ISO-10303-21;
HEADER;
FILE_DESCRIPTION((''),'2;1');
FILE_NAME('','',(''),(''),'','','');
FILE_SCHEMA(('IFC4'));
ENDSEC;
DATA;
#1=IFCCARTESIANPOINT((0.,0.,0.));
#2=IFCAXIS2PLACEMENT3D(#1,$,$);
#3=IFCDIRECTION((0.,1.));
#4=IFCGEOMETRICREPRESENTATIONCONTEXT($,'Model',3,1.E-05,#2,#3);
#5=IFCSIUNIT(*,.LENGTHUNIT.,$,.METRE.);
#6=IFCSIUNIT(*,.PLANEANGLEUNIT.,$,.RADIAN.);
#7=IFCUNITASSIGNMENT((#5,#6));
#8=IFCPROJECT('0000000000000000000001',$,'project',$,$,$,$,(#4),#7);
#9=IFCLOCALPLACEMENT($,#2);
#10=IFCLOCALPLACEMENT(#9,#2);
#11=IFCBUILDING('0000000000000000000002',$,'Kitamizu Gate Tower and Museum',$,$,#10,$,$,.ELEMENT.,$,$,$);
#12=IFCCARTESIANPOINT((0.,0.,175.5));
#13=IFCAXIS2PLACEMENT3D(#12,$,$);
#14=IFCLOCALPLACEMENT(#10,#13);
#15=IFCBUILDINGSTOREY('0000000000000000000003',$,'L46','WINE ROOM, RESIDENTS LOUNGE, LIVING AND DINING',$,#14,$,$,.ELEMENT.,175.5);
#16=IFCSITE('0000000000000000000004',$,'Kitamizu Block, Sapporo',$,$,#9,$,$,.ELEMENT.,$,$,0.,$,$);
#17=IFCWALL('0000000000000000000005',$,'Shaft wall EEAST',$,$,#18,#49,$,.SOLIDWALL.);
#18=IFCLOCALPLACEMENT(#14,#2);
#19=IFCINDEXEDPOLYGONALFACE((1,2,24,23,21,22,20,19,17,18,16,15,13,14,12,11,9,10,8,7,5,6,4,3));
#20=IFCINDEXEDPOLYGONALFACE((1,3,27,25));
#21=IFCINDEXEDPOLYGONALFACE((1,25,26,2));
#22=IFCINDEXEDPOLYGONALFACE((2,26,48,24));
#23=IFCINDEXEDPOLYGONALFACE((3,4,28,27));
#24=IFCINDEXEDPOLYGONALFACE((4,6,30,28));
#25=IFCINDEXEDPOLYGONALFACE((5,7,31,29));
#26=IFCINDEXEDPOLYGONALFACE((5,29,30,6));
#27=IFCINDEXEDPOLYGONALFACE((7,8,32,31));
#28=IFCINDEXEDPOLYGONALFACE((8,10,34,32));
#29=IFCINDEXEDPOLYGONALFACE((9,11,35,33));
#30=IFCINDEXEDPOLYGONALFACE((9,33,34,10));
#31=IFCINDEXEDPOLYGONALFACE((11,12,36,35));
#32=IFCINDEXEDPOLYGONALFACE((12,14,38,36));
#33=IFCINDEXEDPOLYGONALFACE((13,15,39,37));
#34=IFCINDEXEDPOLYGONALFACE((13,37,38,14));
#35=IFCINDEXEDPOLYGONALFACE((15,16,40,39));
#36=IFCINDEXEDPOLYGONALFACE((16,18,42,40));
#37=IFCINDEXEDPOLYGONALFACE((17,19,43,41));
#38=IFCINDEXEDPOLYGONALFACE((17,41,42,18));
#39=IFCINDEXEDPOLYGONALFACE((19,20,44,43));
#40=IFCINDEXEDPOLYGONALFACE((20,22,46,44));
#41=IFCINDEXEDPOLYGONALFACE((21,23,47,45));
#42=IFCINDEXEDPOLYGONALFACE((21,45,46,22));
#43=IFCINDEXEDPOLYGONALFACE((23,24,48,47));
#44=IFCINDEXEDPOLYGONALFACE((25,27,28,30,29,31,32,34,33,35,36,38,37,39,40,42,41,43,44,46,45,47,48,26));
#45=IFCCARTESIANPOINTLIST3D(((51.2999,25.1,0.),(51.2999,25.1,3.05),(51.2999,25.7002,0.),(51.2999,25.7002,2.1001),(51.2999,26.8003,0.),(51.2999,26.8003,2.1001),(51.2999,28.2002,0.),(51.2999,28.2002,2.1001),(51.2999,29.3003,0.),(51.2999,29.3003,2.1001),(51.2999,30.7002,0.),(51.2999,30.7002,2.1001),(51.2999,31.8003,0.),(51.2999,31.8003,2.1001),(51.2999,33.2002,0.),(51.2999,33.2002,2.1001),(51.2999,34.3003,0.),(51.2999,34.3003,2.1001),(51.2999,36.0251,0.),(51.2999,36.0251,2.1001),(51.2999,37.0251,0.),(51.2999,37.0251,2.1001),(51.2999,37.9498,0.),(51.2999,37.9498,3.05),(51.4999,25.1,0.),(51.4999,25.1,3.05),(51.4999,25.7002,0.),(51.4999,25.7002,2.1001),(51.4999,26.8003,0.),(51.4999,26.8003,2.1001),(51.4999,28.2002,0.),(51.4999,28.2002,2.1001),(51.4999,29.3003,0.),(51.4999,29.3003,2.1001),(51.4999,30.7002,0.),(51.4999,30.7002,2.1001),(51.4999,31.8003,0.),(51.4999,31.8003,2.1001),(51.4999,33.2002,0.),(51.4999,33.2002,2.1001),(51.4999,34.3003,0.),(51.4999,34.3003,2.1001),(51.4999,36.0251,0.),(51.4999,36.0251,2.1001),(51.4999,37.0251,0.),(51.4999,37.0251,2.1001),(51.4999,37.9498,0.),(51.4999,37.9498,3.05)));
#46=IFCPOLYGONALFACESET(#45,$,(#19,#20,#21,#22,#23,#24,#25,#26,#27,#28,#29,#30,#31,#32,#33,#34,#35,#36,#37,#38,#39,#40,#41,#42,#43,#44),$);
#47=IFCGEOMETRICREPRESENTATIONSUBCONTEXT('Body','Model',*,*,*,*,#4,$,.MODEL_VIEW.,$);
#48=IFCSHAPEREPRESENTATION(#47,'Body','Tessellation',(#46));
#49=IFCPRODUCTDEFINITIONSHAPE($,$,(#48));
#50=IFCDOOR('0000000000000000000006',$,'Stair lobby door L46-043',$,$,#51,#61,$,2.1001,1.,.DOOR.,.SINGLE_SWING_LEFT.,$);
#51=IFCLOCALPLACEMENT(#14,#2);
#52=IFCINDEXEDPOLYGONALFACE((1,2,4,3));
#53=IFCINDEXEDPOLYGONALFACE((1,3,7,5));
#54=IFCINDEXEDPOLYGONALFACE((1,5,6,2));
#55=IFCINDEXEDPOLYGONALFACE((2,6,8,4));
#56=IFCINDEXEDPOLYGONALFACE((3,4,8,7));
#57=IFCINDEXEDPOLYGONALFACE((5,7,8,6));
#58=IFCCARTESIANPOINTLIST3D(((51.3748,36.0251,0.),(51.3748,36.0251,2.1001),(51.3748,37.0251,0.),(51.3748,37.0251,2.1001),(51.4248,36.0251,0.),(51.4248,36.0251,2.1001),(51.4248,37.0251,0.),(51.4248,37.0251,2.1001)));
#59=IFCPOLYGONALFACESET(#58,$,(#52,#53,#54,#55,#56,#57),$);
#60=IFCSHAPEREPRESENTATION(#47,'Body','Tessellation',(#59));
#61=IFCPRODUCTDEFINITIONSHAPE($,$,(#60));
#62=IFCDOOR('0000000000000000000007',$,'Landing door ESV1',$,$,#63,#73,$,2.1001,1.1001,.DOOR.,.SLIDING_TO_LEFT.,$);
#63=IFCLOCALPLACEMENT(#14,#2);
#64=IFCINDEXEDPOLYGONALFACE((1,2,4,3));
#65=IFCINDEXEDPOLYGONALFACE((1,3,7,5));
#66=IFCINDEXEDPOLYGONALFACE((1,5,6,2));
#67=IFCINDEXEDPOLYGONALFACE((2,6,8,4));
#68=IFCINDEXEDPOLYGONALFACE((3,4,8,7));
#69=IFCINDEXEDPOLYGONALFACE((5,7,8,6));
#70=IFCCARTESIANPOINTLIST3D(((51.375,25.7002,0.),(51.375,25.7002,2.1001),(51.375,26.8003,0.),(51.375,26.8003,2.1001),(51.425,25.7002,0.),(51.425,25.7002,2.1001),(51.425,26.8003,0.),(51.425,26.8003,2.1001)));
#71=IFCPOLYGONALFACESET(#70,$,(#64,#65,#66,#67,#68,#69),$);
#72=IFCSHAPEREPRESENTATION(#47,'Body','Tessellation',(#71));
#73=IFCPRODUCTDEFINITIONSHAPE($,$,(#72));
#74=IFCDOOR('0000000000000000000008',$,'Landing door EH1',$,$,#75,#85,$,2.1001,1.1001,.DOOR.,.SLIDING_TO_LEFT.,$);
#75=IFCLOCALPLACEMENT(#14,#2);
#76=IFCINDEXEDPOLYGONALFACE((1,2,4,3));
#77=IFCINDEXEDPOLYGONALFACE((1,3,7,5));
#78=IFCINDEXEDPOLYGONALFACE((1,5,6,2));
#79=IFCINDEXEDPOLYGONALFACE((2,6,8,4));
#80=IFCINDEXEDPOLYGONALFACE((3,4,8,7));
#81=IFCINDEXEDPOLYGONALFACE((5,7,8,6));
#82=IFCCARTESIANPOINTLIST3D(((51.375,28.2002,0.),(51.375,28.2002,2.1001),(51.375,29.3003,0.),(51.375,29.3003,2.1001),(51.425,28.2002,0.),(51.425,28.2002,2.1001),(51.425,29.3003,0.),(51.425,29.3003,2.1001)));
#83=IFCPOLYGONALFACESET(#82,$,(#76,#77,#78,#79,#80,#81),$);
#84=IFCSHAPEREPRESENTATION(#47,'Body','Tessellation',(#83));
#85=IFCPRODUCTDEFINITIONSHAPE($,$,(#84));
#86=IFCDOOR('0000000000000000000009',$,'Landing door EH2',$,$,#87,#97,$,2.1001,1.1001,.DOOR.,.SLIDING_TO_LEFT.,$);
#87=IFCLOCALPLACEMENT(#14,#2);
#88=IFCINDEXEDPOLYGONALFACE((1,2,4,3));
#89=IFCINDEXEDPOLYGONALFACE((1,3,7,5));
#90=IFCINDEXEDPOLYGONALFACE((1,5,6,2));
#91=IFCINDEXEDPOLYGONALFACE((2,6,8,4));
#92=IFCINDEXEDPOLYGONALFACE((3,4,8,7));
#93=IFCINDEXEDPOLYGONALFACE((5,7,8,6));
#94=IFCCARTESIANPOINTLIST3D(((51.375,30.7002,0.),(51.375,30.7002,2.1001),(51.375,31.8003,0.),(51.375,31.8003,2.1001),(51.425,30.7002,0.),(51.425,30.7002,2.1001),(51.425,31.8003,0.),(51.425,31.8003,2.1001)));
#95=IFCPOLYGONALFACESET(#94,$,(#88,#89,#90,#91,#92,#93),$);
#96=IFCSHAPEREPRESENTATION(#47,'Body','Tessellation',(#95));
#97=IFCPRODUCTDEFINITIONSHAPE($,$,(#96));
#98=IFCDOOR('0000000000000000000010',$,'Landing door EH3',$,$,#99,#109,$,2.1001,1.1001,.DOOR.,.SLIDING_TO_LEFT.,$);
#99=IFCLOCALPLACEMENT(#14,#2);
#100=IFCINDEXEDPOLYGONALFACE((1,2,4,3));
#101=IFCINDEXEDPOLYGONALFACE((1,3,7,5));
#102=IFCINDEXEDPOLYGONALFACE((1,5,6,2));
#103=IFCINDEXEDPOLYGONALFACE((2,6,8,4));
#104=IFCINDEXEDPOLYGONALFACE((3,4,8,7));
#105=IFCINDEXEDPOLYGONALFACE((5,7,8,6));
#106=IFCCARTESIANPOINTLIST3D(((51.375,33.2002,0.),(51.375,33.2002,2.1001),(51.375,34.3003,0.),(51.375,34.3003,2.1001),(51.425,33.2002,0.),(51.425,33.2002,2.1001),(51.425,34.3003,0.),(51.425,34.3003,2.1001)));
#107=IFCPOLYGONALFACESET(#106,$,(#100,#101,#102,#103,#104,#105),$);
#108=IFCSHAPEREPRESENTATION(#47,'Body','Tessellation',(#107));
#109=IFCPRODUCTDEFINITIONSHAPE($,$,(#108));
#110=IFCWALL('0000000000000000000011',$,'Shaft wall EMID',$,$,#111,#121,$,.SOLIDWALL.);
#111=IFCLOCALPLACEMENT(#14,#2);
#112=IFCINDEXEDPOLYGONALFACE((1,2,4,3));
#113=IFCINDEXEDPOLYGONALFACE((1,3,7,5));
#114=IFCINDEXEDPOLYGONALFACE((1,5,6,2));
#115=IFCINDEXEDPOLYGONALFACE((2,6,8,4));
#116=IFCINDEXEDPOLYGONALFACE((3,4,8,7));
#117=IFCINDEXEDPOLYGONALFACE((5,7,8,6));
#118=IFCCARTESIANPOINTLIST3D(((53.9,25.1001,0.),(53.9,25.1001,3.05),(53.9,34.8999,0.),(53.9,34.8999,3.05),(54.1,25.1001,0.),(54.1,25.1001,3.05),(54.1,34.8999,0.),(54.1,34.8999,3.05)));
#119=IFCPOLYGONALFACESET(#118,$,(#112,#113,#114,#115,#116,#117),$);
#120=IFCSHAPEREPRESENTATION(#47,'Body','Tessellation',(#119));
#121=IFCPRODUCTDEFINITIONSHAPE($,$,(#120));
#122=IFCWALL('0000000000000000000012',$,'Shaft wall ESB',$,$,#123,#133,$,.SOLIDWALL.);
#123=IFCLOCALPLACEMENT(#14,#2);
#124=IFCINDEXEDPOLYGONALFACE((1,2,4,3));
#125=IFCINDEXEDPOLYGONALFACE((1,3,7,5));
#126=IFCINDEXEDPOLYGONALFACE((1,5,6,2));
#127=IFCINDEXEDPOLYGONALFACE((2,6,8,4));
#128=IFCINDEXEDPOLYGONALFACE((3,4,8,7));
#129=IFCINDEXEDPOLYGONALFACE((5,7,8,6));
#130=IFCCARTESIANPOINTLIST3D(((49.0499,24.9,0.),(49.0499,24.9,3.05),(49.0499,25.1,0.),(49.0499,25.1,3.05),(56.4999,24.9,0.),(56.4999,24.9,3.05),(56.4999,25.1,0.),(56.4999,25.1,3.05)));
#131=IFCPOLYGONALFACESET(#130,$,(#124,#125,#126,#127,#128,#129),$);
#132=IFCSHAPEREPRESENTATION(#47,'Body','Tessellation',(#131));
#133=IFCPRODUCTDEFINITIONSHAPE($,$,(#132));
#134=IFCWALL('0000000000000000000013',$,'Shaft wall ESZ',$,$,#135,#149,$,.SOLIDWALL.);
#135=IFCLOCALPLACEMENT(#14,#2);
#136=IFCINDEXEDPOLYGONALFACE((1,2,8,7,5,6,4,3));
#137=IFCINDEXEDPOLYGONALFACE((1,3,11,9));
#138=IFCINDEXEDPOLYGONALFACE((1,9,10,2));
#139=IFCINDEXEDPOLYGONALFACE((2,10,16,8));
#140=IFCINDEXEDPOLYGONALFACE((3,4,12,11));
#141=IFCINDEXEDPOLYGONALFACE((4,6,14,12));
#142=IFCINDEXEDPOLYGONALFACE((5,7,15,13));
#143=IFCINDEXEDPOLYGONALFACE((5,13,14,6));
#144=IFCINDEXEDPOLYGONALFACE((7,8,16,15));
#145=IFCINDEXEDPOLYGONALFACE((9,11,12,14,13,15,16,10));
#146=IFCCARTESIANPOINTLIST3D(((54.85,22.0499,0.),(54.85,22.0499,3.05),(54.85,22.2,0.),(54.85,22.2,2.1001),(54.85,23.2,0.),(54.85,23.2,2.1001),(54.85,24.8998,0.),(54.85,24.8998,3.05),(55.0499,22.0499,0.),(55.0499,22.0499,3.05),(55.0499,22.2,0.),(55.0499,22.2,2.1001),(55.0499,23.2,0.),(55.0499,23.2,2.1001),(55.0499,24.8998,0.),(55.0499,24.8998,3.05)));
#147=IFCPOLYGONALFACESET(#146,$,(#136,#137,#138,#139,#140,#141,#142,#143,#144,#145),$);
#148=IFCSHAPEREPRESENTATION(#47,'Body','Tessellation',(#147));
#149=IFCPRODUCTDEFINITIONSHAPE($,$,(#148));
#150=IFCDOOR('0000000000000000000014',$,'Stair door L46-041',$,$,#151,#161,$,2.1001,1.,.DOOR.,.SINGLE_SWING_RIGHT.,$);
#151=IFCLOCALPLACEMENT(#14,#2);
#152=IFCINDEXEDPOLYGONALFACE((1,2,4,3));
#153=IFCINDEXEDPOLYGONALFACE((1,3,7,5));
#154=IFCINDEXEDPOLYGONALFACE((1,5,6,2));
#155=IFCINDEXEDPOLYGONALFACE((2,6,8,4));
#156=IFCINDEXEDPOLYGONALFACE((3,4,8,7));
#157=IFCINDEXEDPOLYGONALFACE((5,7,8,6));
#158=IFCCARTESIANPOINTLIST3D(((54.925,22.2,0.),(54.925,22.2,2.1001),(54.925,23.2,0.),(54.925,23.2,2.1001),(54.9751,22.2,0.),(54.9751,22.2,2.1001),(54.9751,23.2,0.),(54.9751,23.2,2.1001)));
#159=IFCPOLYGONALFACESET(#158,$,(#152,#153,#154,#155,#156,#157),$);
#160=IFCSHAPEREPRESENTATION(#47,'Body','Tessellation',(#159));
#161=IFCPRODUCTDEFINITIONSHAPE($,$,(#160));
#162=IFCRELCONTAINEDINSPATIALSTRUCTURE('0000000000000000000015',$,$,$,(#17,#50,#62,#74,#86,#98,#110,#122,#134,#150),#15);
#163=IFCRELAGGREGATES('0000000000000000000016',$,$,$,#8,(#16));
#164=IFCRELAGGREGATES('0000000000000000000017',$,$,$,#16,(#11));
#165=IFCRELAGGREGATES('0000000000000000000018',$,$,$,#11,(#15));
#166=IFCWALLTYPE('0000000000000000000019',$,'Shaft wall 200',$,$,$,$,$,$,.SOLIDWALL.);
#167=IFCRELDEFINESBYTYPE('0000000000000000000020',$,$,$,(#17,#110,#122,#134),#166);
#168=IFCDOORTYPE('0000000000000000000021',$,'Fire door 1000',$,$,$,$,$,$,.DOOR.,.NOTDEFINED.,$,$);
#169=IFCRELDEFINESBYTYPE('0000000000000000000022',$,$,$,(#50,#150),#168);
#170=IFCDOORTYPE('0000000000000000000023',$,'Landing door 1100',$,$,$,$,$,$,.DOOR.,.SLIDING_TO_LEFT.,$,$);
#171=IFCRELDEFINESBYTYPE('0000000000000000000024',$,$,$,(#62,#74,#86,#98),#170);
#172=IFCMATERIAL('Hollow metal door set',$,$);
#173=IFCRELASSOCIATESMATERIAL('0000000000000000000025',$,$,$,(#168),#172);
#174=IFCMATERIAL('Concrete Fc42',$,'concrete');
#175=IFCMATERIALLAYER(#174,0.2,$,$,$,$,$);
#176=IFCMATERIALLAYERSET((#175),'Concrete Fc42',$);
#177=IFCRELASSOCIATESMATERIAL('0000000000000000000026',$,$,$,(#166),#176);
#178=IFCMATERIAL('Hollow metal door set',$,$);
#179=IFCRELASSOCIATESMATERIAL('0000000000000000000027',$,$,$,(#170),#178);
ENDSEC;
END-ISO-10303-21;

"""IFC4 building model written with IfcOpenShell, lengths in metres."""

from ifc_helpers import new_model, si_unit, direction, frame, frame_2d, origin, place, context, subcontext, project, spatial, rectangle, extrude, material, layer, layer_set, type_object, element, fill, save


model = new_model("IFC4")

# Units and contexts
model_context = context("Model", 3, precision=1e-05, world=origin(), true_north=direction((0.0, 1.0)))
body_context = subcontext(model_context, "Body", "Model", "MODEL_VIEW")
ifc_project = project(units=[si_unit("LENGTHUNIT", "METRE"), si_unit("PLANEANGLEUNIT", "RADIAN")], contexts=[model_context])

# Site, building, storey
site_placement = place(None, origin())
site = spatial("IfcSite", under=ifc_project, at=site_placement, Name="Kitamizu Block, Sapporo", CompositionType="ELEMENT", RefElevation=0.0)
building_placement = place(site_placement, origin())
building = spatial("IfcBuilding", under=site, at=building_placement, Name="Kitamizu Gate Tower and Museum", CompositionType="ELEMENT")
storey_placement = place(building_placement, frame((0.0, 0.0, 175.5)))
storey = spatial("IfcBuildingStorey", under=building, at=storey_placement, Name="L46", Description="WINE ROOM, RESIDENTS LOUNGE, LIVING AND DINING", CompositionType="ELEMENT", Elevation=175.5)

# Shared definitions
ifc_material_1 = material(Name="Hollow metal door set")
door_type_1 = type_object("IfcDoorType", Name="Fire door 1000", OperationType="NOTDEFINED", PredefinedType="DOOR", material=ifc_material_1)

# Wall, openings, doors
ifc_material_2 = material(Name="Concrete Fc42", Category="concrete")
ifc_layer_1 = layer(ifc_material_2, 0.2)
ifc_layer_set_1 = layer_set([ifc_layer_1], Name="Concrete Fc42")
wall_type_1 = type_object("IfcWallType", Name="Shaft wall 200", PredefinedType="SOLIDWALL", material=ifc_layer_set_1)
ifc_material_3 = material(Name="Hollow metal door set")
door_type_2 = type_object("IfcDoorType", Name="Landing door 1100", OperationType="SLIDING_TO_LEFT", PredefinedType="DOOR", material=ifc_material_3)
wall_1_placement = place(storey_placement, frame((51.3999, 25.1001, 0.0), z_axis=(0.0, 0.0, 1.0), x_axis=(0.0, 1.0, 0.0)))
wall_1 = element("IfcWall", 1, at=wall_1_placement, inside=storey, type_object=wall_type_1, Name="Shaft wall EEAST", PredefinedType="SOLIDWALL", context=body_context, shape_type="SweptSolid", body=[
    extrude(rectangle(XDim=12.8499, YDim=0.2, at=frame_2d((6.4248, 0.0))), origin(), (0.0, 0.0, 1.0), 3.05),
])
opening_1_placement = place(wall_1_placement, frame((0.6001, 0.0, 0.0)))
opening_1 = element("IfcOpeningElement", 2, at=opening_1_placement, cuts=wall_1, PredefinedType="OPENING", context=body_context, shape_type="SweptSolid", body=[
    extrude(rectangle(XDim=1.1001, YDim=2.1001, at=frame_2d((0.55, 1.05))), frame((0.0, 0.1099, 0.0), z_axis=(0.0, -1.0, 0.0), x_axis=(1.0, 0.0, 0.0)), (0.0, 0.0, 1.0), 0.22),
])
opening_2_placement = place(wall_1_placement, frame((3.1001, 0.0, 0.0)))
opening_2 = element("IfcOpeningElement", 3, at=opening_2_placement, cuts=wall_1, PredefinedType="OPENING", context=body_context, shape_type="SweptSolid", body=[
    extrude(rectangle(XDim=1.1001, YDim=2.1001, at=frame_2d((0.55, 1.05))), frame((0.0, 0.1099, 0.0), z_axis=(0.0, -1.0, 0.0), x_axis=(1.0, 0.0, 0.0)), (0.0, 0.0, 1.0), 0.22),
])
opening_3_placement = place(wall_1_placement, frame((5.6001, 0.0, 0.0)))
opening_3 = element("IfcOpeningElement", 4, at=opening_3_placement, cuts=wall_1, PredefinedType="OPENING", context=body_context, shape_type="SweptSolid", body=[
    extrude(rectangle(XDim=1.1001, YDim=2.1001, at=frame_2d((0.55, 1.05))), frame((0.0, 0.1099, 0.0), z_axis=(0.0, -1.0, 0.0), x_axis=(1.0, 0.0, 0.0)), (0.0, 0.0, 1.0), 0.22),
])
opening_4_placement = place(wall_1_placement, frame((8.1001, 0.0, 0.0)))
opening_4 = element("IfcOpeningElement", 5, at=opening_4_placement, cuts=wall_1, PredefinedType="OPENING", context=body_context, shape_type="SweptSolid", body=[
    extrude(rectangle(XDim=1.1001, YDim=2.1001, at=frame_2d((0.55, 1.05))), frame((0.0, 0.1099, 0.0), z_axis=(0.0, -1.0, 0.0), x_axis=(1.0, 0.0, 0.0)), (0.0, 0.0, 1.0), 0.22),
])
opening_5_placement = place(wall_1_placement, frame((10.925, 0.0, 0.0)))
opening_5 = element("IfcOpeningElement", 6, at=opening_5_placement, cuts=wall_1, PredefinedType="OPENING", context=body_context, shape_type="SweptSolid", body=[
    extrude(rectangle(XDim=1.0, YDim=2.1001, at=frame_2d((0.5, 1.05))), frame((0.0, 0.1099, 0.0), z_axis=(0.0, -1.0, 0.0), x_axis=(1.0, 0.0, 0.0)), (0.0, 0.0, 1.0), 0.22),
])
door_1_placement = place(opening_5_placement, frame((1.0, 0.0, 0.0), x_axis=(-1.0, 0.0, 0.0)))
door_1 = element("IfcDoor", 7, at=door_1_placement, inside=storey, type_object=door_type_1, Name="Stair lobby door L46-043", OperationType="SINGLE_SWING_LEFT", OverallHeight=2.1001, OverallWidth=1.0, PredefinedType="DOOR", context=body_context, shape_type="SweptSolid", body=[
    extrude(rectangle(XDim=1.0, YDim=2.1001, at=frame_2d((0.5, 1.05))), frame((0.0, 0.0249, 0.0), z_axis=(0.0, -1.0, 0.0), x_axis=(1.0, 0.0, 0.0)), (0.0, 0.0, 1.0), 0.05),
])
fill(opening_5, door_1)
door_2_placement = place(opening_1_placement, origin())
door_2 = element("IfcDoor", 8, at=door_2_placement, inside=storey, type_object=door_type_2, Name="Landing door ESV1", OperationType="SLIDING_TO_LEFT", OverallHeight=2.1001, OverallWidth=1.1001, PredefinedType="DOOR", context=body_context, shape_type="SweptSolid", body=[
    extrude(rectangle(XDim=1.1001, YDim=2.1001, at=frame_2d((0.55, 1.05))), frame((0.0, 0.0249, 0.0), z_axis=(0.0, -1.0, 0.0), x_axis=(1.0, 0.0, 0.0)), (0.0, 0.0, 1.0), 0.05),
])
fill(opening_1, door_2)
door_3_placement = place(opening_2_placement, origin())
door_3 = element("IfcDoor", 9, at=door_3_placement, inside=storey, type_object=door_type_2, Name="Landing door EH1", OperationType="SLIDING_TO_LEFT", OverallHeight=2.1001, OverallWidth=1.1001, PredefinedType="DOOR", context=body_context, shape_type="SweptSolid", body=[
    extrude(rectangle(XDim=1.1001, YDim=2.1001, at=frame_2d((0.55, 1.05))), frame((0.0, 0.0249, 0.0), z_axis=(0.0, -1.0, 0.0), x_axis=(1.0, 0.0, 0.0)), (0.0, 0.0, 1.0), 0.05),
])
fill(opening_2, door_3)
door_4_placement = place(opening_3_placement, origin())
door_4 = element("IfcDoor", 10, at=door_4_placement, inside=storey, type_object=door_type_2, Name="Landing door EH2", OperationType="SLIDING_TO_LEFT", OverallHeight=2.1001, OverallWidth=1.1001, PredefinedType="DOOR", context=body_context, shape_type="SweptSolid", body=[
    extrude(rectangle(XDim=1.1001, YDim=2.1001, at=frame_2d((0.55, 1.05))), frame((0.0, 0.0249, 0.0), z_axis=(0.0, -1.0, 0.0), x_axis=(1.0, 0.0, 0.0)), (0.0, 0.0, 1.0), 0.05),
])
fill(opening_3, door_4)
door_5_placement = place(opening_4_placement, origin())
door_5 = element("IfcDoor", 11, at=door_5_placement, inside=storey, type_object=door_type_2, Name="Landing door EH3", OperationType="SLIDING_TO_LEFT", OverallHeight=2.1001, OverallWidth=1.1001, PredefinedType="DOOR", context=body_context, shape_type="SweptSolid", body=[
    extrude(rectangle(XDim=1.1001, YDim=2.1001, at=frame_2d((0.55, 1.05))), frame((0.0, 0.0249, 0.0), z_axis=(0.0, -1.0, 0.0), x_axis=(1.0, 0.0, 0.0)), (0.0, 0.0, 1.0), 0.05),
])
fill(opening_4, door_5)

# Walls
wall_2_placement = place(storey_placement, frame((54.0, 25.1001, 0.0), z_axis=(0.0, 0.0, 1.0), x_axis=(0.0, 1.0, 0.0)))
element("IfcWall", 12, at=wall_2_placement, inside=storey, type_object=wall_type_1, Name="Shaft wall EMID", PredefinedType="SOLIDWALL", context=body_context, shape_type="SweptSolid", body=[
    extrude(rectangle(XDim=9.7998, YDim=0.2, at=frame_2d((4.8999, 0.0))), origin(), (0.0, 0.0, 1.0), 3.05),
])
wall_3_placement = place(storey_placement, frame((56.5, 25.0, 0.0), z_axis=(0.0, 0.0, 1.0), x_axis=(-1.0, 0.0, 0.0)))
element("IfcWall", 13, at=wall_3_placement, inside=storey, type_object=wall_type_1, Name="Shaft wall ESB", PredefinedType="SOLIDWALL", context=body_context, shape_type="SweptSolid", body=[
    extrude(rectangle(XDim=7.45, YDim=0.2, at=frame_2d((3.7251, 0.0))), origin(), (0.0, 0.0, 1.0), 3.05),
])

# Wall, opening, door
wall_4_placement = place(storey_placement, frame((54.95, 22.05, 0.0), z_axis=(0.0, 0.0, 1.0), x_axis=(0.0, 1.0, 0.0)))
wall_4 = element("IfcWall", 14, at=wall_4_placement, inside=storey, type_object=wall_type_1, Name="Shaft wall ESZ", PredefinedType="SOLIDWALL", context=body_context, shape_type="SweptSolid", body=[
    extrude(rectangle(XDim=2.8499, YDim=0.2, at=frame_2d((1.4248, 0.0))), origin(), (0.0, 0.0, 1.0), 3.05),
])
opening_6_placement = place(wall_4_placement, frame((0.1499, 0.0, 0.0)))
opening_6 = element("IfcOpeningElement", 15, at=opening_6_placement, cuts=wall_4, PredefinedType="OPENING", context=body_context, shape_type="SweptSolid", body=[
    extrude(rectangle(XDim=1.0, YDim=2.1001, at=frame_2d((0.5, 1.05))), frame((0.0, 0.1099, 0.0), z_axis=(0.0, -1.0, 0.0), x_axis=(1.0, 0.0, 0.0)), (0.0, 0.0, 1.0), 0.22),
])
door_6_placement = place(opening_6_placement, origin())
door_6 = element("IfcDoor", 16, at=door_6_placement, inside=storey, type_object=door_type_1, Name="Stair door L46-041", OperationType="SINGLE_SWING_RIGHT", OverallHeight=2.1001, OverallWidth=1.0, PredefinedType="DOOR", context=body_context, shape_type="SweptSolid", body=[
    extrude(rectangle(XDim=1.0, YDim=2.1001, at=frame_2d((0.5, 1.05))), frame((0.0, 0.0249, 0.0), z_axis=(0.0, -1.0, 0.0), x_axis=(1.0, 0.0, 0.0)), (0.0, 0.0, 1.0), 0.05),
])
fill(opening_6, door_6)

save(model, "model.ifc")
